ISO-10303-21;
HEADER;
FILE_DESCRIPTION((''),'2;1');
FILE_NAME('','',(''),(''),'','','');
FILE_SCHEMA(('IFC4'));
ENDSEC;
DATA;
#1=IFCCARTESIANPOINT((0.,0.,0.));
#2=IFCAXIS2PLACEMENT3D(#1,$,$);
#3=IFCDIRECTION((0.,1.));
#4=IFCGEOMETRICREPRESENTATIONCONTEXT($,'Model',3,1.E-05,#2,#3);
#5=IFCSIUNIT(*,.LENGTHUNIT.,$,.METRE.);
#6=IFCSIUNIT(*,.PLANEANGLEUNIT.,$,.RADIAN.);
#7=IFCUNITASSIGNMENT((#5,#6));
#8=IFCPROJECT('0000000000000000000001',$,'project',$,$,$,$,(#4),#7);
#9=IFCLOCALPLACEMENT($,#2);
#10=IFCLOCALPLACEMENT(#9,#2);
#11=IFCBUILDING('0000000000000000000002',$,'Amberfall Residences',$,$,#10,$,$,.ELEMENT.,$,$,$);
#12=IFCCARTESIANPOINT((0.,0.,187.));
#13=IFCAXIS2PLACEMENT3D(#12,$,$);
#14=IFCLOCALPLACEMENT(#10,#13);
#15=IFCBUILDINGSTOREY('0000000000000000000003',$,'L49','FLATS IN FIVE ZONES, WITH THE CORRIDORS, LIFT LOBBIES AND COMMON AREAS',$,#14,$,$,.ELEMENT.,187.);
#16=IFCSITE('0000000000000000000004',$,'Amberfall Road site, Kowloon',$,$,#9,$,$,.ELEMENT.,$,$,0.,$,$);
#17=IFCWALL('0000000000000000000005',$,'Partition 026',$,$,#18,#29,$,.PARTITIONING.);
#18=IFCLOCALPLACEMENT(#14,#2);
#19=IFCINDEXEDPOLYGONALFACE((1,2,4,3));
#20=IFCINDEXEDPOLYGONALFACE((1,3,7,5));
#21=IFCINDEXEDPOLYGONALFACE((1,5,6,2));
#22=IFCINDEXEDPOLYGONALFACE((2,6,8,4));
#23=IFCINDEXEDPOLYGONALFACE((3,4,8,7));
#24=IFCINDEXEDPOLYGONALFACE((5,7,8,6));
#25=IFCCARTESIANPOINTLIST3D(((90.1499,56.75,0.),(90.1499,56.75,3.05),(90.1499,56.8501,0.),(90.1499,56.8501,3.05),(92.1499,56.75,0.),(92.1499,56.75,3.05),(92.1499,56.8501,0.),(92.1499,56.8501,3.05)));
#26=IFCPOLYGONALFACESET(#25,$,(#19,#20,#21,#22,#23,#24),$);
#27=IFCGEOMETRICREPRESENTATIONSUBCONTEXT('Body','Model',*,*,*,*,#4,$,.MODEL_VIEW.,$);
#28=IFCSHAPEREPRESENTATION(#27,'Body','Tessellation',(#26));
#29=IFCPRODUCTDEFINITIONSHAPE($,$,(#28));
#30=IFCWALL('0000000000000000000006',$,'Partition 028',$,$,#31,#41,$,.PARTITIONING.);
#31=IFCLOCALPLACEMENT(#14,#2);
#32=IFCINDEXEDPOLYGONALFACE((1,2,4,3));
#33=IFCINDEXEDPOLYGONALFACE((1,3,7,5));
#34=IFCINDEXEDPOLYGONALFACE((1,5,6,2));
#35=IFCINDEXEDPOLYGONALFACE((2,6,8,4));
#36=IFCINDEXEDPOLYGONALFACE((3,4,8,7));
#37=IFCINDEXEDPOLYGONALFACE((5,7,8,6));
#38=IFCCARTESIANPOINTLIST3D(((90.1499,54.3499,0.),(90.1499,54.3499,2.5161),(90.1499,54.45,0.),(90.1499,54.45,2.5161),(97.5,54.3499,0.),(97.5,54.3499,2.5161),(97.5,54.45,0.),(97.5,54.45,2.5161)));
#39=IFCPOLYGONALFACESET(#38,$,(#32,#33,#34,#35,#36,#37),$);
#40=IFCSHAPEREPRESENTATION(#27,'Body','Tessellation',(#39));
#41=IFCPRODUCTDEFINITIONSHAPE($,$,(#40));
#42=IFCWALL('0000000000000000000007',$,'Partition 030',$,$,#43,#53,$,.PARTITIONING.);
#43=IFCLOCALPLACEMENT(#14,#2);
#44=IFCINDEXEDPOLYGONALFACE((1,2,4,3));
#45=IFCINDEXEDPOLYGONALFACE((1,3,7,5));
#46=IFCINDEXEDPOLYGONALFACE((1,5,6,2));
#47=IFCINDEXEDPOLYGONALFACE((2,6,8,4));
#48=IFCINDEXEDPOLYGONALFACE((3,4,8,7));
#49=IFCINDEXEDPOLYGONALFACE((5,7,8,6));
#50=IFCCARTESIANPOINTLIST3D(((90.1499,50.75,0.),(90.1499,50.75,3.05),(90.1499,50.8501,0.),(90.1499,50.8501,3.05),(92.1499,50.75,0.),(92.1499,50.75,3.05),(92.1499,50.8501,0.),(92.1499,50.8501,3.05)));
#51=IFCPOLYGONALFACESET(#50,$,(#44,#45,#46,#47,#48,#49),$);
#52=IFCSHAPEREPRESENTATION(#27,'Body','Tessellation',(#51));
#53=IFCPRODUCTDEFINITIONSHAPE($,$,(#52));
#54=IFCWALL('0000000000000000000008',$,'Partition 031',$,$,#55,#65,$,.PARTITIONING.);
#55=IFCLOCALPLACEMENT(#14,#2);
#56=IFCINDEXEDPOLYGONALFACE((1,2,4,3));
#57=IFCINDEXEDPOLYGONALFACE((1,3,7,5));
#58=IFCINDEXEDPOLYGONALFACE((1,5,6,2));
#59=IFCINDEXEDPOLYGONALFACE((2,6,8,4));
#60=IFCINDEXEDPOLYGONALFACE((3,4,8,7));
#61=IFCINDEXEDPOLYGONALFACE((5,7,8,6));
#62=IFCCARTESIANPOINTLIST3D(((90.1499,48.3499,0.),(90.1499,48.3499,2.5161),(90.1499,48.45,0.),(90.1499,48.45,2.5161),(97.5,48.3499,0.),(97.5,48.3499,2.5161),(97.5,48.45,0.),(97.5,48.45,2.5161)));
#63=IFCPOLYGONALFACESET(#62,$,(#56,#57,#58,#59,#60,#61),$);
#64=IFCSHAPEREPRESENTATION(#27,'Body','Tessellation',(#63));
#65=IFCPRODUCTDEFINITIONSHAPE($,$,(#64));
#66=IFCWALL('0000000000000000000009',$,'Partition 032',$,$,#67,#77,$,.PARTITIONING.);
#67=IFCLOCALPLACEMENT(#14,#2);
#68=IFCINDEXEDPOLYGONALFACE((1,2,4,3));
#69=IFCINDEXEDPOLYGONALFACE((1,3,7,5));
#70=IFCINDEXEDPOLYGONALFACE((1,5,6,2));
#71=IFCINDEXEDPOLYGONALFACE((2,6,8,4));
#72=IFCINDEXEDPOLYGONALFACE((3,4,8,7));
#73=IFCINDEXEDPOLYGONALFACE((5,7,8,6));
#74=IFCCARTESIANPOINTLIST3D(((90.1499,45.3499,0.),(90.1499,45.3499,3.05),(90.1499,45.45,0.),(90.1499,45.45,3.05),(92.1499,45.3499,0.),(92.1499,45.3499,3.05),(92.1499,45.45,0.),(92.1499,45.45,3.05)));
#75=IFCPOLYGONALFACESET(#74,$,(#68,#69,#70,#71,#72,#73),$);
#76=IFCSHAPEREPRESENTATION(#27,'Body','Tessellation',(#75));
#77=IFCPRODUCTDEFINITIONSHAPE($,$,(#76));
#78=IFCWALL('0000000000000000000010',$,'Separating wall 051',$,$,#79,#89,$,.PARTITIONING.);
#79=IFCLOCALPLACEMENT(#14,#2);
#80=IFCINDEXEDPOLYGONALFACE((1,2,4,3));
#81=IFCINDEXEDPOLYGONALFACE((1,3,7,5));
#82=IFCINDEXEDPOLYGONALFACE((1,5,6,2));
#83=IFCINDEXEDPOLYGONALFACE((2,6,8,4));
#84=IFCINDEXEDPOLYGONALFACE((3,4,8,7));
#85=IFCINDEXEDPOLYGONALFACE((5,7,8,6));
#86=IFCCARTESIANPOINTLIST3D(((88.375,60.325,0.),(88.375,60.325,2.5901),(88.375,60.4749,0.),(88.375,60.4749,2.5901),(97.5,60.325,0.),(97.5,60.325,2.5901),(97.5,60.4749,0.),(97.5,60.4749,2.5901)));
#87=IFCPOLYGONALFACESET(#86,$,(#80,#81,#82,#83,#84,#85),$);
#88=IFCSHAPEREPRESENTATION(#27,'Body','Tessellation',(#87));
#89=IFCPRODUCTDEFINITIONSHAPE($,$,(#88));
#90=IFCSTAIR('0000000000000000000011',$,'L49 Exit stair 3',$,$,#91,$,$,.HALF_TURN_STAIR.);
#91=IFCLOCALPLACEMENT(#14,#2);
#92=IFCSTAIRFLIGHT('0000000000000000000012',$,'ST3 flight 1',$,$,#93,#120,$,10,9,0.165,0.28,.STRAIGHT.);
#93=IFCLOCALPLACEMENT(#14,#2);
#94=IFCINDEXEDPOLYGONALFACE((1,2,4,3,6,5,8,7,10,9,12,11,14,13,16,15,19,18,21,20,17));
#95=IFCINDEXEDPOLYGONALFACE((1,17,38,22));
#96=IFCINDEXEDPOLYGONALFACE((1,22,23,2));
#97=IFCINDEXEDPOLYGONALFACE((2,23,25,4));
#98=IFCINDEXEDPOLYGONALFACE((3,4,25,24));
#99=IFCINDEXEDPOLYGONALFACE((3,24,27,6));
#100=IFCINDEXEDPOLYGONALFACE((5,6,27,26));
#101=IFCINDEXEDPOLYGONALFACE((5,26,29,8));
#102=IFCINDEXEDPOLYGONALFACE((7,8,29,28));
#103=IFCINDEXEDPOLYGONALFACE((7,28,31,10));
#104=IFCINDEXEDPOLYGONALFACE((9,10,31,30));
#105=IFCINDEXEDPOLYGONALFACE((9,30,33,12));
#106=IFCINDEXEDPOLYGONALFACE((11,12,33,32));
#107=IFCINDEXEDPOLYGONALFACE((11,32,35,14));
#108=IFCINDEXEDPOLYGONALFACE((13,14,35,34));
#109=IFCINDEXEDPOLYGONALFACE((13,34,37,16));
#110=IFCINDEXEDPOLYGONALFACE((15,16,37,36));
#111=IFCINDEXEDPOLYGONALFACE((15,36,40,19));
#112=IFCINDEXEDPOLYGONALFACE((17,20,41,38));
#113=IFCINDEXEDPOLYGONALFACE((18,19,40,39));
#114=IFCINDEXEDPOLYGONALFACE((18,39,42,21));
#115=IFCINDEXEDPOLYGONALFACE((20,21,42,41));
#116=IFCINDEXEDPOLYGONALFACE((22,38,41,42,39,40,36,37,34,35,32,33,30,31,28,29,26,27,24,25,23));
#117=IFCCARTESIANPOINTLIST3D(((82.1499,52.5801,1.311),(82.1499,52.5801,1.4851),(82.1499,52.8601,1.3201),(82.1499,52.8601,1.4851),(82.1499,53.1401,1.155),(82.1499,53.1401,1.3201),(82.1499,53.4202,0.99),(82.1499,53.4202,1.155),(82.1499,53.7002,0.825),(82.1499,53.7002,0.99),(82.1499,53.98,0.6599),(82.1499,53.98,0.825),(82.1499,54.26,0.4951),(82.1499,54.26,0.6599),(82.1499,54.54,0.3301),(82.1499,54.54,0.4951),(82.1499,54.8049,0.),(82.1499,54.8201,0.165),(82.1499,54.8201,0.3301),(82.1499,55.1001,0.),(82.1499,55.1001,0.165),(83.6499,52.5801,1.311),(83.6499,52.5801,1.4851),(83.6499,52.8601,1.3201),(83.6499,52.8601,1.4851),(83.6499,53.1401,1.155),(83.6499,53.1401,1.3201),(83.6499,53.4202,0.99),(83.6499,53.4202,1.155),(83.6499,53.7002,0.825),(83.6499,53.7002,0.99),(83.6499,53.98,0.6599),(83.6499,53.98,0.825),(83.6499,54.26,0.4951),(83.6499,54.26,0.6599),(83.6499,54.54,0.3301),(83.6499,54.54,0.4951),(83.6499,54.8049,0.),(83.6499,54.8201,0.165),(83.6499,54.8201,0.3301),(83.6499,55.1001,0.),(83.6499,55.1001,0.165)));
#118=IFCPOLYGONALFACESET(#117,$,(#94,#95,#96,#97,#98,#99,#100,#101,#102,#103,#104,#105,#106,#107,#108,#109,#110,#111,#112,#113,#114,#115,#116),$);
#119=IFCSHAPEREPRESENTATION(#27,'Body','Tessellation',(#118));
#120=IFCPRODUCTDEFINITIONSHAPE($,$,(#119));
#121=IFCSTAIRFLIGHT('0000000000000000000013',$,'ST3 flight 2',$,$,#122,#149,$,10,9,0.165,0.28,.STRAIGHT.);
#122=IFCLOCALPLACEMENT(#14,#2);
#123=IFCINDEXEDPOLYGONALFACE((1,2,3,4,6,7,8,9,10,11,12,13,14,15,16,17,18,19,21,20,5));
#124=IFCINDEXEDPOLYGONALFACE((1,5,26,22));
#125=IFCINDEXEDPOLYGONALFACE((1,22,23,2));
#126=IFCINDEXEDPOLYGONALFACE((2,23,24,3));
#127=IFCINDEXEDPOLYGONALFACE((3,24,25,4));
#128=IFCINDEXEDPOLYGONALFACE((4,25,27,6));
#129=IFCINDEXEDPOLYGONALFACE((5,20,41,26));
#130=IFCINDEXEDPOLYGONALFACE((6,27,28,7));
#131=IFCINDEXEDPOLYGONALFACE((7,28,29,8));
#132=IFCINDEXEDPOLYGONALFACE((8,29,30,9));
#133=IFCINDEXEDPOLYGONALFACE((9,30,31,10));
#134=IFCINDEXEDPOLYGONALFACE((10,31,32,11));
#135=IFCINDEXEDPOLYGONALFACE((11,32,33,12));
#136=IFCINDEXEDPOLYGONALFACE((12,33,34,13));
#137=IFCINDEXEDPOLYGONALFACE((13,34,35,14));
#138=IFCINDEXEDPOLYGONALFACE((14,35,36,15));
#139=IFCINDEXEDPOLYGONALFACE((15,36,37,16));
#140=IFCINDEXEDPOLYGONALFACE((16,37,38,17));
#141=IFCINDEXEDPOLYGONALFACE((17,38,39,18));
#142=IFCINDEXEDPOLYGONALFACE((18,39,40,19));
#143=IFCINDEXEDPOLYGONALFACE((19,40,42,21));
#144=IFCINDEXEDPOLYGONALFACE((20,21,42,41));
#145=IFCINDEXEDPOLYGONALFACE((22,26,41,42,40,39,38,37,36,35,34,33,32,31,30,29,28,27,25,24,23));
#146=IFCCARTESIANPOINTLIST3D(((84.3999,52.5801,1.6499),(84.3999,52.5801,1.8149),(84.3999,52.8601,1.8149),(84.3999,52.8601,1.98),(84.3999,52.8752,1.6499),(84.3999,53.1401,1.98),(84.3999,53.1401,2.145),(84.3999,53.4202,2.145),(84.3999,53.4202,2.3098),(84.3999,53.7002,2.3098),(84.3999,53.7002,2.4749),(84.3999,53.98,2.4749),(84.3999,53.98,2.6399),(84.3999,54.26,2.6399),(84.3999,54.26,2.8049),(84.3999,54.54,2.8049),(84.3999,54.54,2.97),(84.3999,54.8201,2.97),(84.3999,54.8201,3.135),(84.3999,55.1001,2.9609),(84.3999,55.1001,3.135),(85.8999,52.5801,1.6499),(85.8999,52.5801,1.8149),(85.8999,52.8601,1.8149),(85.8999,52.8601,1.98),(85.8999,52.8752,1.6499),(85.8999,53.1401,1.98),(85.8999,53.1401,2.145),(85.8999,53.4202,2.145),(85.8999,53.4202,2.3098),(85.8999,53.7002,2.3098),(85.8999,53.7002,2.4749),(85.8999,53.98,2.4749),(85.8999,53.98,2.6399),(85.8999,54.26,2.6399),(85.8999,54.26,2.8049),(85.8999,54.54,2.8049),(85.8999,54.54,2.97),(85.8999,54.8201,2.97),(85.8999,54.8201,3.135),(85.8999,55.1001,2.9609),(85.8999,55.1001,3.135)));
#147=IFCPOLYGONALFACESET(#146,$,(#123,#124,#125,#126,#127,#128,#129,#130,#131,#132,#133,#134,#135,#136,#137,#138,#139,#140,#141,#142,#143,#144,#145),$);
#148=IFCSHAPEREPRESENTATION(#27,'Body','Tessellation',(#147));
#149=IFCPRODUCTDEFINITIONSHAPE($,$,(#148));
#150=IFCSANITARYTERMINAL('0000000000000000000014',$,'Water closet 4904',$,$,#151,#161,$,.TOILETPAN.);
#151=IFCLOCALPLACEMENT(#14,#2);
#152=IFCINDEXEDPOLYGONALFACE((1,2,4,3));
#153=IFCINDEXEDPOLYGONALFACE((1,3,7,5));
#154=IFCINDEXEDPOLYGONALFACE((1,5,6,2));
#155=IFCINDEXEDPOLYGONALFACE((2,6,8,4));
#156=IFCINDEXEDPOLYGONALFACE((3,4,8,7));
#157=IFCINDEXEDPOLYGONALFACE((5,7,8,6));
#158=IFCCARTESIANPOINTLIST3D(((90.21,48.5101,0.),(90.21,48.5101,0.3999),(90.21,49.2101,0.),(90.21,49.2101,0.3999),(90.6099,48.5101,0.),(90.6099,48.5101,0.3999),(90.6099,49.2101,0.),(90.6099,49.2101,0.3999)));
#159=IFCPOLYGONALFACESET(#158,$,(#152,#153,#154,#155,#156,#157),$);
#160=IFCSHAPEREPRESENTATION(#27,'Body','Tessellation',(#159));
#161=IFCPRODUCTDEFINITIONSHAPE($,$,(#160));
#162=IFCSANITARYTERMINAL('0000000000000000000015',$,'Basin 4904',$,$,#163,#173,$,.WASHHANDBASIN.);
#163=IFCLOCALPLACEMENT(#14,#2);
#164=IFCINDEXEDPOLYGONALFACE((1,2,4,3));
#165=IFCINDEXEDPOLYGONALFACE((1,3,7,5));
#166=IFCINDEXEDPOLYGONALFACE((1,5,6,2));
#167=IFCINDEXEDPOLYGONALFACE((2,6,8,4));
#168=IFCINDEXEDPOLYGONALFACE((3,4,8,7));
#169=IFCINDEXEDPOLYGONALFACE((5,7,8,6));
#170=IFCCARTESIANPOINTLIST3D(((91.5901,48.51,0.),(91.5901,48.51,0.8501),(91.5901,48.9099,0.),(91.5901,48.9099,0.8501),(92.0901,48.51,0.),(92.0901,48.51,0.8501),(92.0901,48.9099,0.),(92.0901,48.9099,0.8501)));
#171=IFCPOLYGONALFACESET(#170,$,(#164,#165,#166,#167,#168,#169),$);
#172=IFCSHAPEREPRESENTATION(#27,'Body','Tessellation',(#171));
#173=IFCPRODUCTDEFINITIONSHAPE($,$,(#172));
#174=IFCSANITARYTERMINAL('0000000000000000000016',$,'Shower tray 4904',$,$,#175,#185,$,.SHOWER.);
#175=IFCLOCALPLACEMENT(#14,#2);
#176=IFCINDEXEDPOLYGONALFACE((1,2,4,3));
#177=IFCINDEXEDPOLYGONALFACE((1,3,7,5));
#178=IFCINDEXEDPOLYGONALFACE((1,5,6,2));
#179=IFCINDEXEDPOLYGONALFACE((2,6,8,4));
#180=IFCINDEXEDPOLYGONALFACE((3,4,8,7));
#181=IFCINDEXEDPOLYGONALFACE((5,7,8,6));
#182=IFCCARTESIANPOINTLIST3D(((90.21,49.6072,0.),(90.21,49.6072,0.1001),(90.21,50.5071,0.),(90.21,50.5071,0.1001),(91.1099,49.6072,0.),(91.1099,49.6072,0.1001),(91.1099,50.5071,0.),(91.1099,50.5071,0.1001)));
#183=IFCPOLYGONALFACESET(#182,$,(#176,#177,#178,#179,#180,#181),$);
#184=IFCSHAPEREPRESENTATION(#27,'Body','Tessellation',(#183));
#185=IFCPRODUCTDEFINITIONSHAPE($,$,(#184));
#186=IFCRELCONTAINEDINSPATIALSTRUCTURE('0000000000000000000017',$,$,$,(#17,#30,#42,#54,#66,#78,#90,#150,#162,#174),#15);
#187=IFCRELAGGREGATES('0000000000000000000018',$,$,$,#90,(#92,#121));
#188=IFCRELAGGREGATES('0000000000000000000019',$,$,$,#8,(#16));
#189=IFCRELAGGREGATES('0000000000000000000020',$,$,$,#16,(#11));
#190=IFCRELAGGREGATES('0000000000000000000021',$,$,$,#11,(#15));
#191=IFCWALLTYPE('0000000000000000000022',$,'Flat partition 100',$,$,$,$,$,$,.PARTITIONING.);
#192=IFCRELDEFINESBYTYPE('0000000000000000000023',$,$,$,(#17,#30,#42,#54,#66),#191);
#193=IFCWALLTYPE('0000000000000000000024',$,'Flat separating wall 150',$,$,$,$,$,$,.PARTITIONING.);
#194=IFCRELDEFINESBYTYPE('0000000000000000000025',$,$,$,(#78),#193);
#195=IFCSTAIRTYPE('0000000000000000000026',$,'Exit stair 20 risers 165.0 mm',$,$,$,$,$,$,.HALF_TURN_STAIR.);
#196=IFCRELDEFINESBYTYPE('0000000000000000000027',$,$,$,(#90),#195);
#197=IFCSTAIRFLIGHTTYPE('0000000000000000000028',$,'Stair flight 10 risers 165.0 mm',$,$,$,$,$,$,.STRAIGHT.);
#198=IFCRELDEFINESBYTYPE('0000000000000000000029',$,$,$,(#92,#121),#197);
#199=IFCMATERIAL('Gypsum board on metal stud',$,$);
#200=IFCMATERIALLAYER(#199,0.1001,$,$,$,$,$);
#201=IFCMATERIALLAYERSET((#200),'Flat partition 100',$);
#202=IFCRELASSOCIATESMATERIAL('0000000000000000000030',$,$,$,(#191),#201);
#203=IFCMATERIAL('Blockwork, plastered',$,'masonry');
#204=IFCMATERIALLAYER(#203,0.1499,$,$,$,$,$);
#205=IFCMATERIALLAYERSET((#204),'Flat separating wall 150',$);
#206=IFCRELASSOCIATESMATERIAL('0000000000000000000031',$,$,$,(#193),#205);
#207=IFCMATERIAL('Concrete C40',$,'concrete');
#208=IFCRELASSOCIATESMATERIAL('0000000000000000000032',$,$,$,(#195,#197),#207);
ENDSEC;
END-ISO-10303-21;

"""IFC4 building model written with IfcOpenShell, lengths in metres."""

from ifc_helpers import new_model, si_unit, direction, frame, frame_2d, origin, origin_2d, place, context, subcontext, project, spatial, polyline, rectangle, outline, extrude, material, layer, layer_set, type_object, element, aggregate, save


model = new_model("IFC4")

# Units and contexts
model_context = context("Model", 3, precision=1e-05, world=origin(), true_north=direction((0.0, 1.0)))
body_context = subcontext(model_context, "Body", "Model", "MODEL_VIEW")
ifc_project = project(units=[si_unit("LENGTHUNIT", "METRE"), si_unit("PLANEANGLEUNIT", "RADIAN")], contexts=[model_context])

# Site, building, storey
site_placement = place(None, origin())
site = spatial("IfcSite", under=ifc_project, at=site_placement, Name="Amberfall Road site, Kowloon", CompositionType="ELEMENT", RefElevation=0.0)
building_placement = place(site_placement, origin())
building = spatial("IfcBuilding", under=site, at=building_placement, Name="Amberfall Residences", CompositionType="ELEMENT")
storey_placement = place(building_placement, frame((0.0, 0.0, 187.0)))
storey = spatial("IfcBuildingStorey", under=building, at=storey_placement, Name="L49", Description="FLATS IN FIVE ZONES, WITH THE CORRIDORS, LIFT LOBBIES AND COMMON AREAS", CompositionType="ELEMENT", Elevation=187.0)

# Shared definitions
ifc_material_1 = material(Name="Gypsum board on metal stud")
ifc_layer_1 = layer(ifc_material_1, 0.1001)
ifc_layer_set_1 = layer_set([ifc_layer_1], Name="Flat partition 100")
wall_type_1 = type_object("IfcWallType", Name="Flat partition 100", PredefinedType="PARTITIONING", material=ifc_layer_set_1)

# Walls
wall_1_placement = place(storey_placement, frame((90.1499, 56.8, 0.0), z_axis=(0.0, 0.0, 1.0), x_axis=(1.0, 0.0, 0.0)))
element("IfcWall", 1, at=wall_1_placement, inside=storey, type_object=wall_type_1, Name="Partition 026", PredefinedType="PARTITIONING", context=body_context, shape_type="SweptSolid", body=[
    extrude(rectangle(XDim=2.0, YDim=0.1001, at=frame_2d((1.0, 0.0))), origin(), (0.0, 0.0, 1.0), 3.05),
])
wall_2_placement = place(storey_placement, frame((90.1499, 54.3999, 0.0), z_axis=(0.0, 0.0, 1.0), x_axis=(1.0, 0.0, 0.0)))
element("IfcWall", 2, at=wall_2_placement, inside=storey, type_object=wall_type_1, Name="Partition 028", PredefinedType="PARTITIONING", context=body_context, shape_type="SweptSolid", body=[
    extrude(rectangle(XDim=7.3501, YDim=0.1001, at=frame_2d((3.675, 0.0))), origin(), (0.0, 0.0, 1.0), 2.5161),
])
wall_3_placement = place(storey_placement, frame((90.1499, 50.8, 0.0), z_axis=(0.0, 0.0, 1.0), x_axis=(1.0, 0.0, 0.0)))
element("IfcWall", 3, at=wall_3_placement, inside=storey, type_object=wall_type_1, Name="Partition 030", PredefinedType="PARTITIONING", context=body_context, shape_type="SweptSolid", body=[
    extrude(rectangle(XDim=2.0, YDim=0.1001, at=frame_2d((1.0, 0.0))), origin(), (0.0, 0.0, 1.0), 3.05),
])
wall_4_placement = place(storey_placement, frame((90.1499, 48.3999, 0.0), z_axis=(0.0, 0.0, 1.0), x_axis=(1.0, 0.0, 0.0)))
element("IfcWall", 4, at=wall_4_placement, inside=storey, type_object=wall_type_1, Name="Partition 031", PredefinedType="PARTITIONING", context=body_context, shape_type="SweptSolid", body=[
    extrude(rectangle(XDim=7.3501, YDim=0.1001, at=frame_2d((3.675, 0.0))), origin(), (0.0, 0.0, 1.0), 2.5161),
])
wall_5_placement = place(storey_placement, frame((90.1499, 45.3999, 0.0), z_axis=(0.0, 0.0, 1.0), x_axis=(1.0, 0.0, 0.0)))
element("IfcWall", 5, at=wall_5_placement, inside=storey, type_object=wall_type_1, Name="Partition 032", PredefinedType="PARTITIONING", context=body_context, shape_type="SweptSolid", body=[
    extrude(rectangle(XDim=2.0, YDim=0.1001, at=frame_2d((1.0, 0.0))), origin(), (0.0, 0.0, 1.0), 3.05),
])
ifc_material_2 = material(Name="Blockwork, plastered", Category="masonry")
ifc_layer_2 = layer(ifc_material_2, 0.1499)
ifc_layer_set_2 = layer_set([ifc_layer_2], Name="Flat separating wall 150")
wall_type_2 = type_object("IfcWallType", Name="Flat separating wall 150", PredefinedType="PARTITIONING", material=ifc_layer_set_2)
wall_6_placement = place(storey_placement, frame((88.375, 60.3999, 0.0), z_axis=(0.0, 0.0, 1.0), x_axis=(1.0, 0.0, 0.0)))
element("IfcWall", 6, at=wall_6_placement, inside=storey, type_object=wall_type_2, Name="Separating wall 051", PredefinedType="PARTITIONING", context=body_context, shape_type="SweptSolid", body=[
    extrude(rectangle(XDim=9.125, YDim=0.1499, at=frame_2d((4.5625, 0.0))), origin(), (0.0, 0.0, 1.0), 2.5901),
])

# Stair, stair flights
ifc_material_3 = material(Name="Concrete C40", Category="concrete")
stair_type = type_object("IfcStairType", Name="Exit stair 20 risers 165.0 mm", PredefinedType="HALF_TURN_STAIR", material=ifc_material_3)
stair_placement = place(storey_placement, origin())
stair = element("IfcStair", 7, at=stair_placement, inside=storey, type_object=stair_type, Name="L49 Exit stair 3", PredefinedType="HALF_TURN_STAIR")
stair_flight_type = type_object("IfcStairFlightType", Name="Stair flight 10 risers 165.0 mm", PredefinedType="STRAIGHT", material=ifc_material_3)
stair_flight_1_placement = place(storey_placement, frame((82.8999, 55.1001, 0.0), z_axis=(0.0, 0.0, 1.0), x_axis=(0.0, -1.0, 0.0)))
stair_flight_1 = element("IfcStairFlight", 8, at=stair_flight_1_placement, type_object=stair_flight_type, Name="ST3 flight 1", NumberOfRisers=10, NumberOfTreads=9, PredefinedType="STRAIGHT", RiserHeight=0.165, TreadLength=0.28, context=body_context, shape_type="SweptSolid", body=[
    extrude(outline(polyline([(0.0, 0.0), (0.0, 0.165), (0.28, 0.165), (0.28, 0.3301), (0.5601, 0.3301), (0.5601, 0.4951), (0.8401, 0.4951), (0.8401, 0.6599), (1.1201, 0.6599), (1.1201, 0.825), (1.3999, 0.825), (1.3999, 0.99), (1.6799, 0.99), (1.6799, 1.155), (1.96, 1.155), (1.96, 1.3201), (2.24, 1.3201), (2.24, 1.4851), (2.52, 1.4851), (2.52, 1.6499), (2.52, 1.311), (0.2952, 0.0), (0.0, 0.0)])), frame((0.0, 0.75, 0.0), z_axis=(0.0, -1.0, 0.0), x_axis=(1.0, 0.0, 0.0)), (0.0, 0.0, 1.0), 1.5),
])
stair_flight_2_placement = place(storey_placement, frame((85.1499, 52.5801, 1.6499), z_axis=(0.0, 0.0, 1.0), x_axis=(0.0, 1.0, 0.0)))
stair_flight_2 = element("IfcStairFlight", 9, at=stair_flight_2_placement, type_object=stair_flight_type, Name="ST3 flight 2", NumberOfRisers=10, NumberOfTreads=9, PredefinedType="STRAIGHT", RiserHeight=0.165, TreadLength=0.28, context=body_context, shape_type="SweptSolid", body=[
    extrude(outline(polyline([(0.0, 0.0), (0.0, 0.165), (0.28, 0.165), (0.28, 0.3301), (0.5601, 0.3301), (0.5601, 0.4951), (0.8401, 0.4951), (0.8401, 0.6599), (1.1201, 0.6599), (1.1201, 0.825), (1.3999, 0.825), (1.3999, 0.99), (1.6799, 0.99), (1.6799, 1.155), (1.96, 1.155), (1.96, 1.3201), (2.24, 1.3201), (2.24, 1.4851), (2.52, 1.4851), (2.52, 1.6499), (2.52, 1.311), (0.2952, 0.0), (0.0, 0.0)])), frame((0.0, 0.75, 0.0), z_axis=(0.0, -1.0, 0.0), x_axis=(1.0, 0.0, 0.0)), (0.0, 0.0, 1.0), 1.5),
])
aggregate(stair, [stair_flight_1, stair_flight_2])

# Sanitary terminals
sanitary_terminal_1_placement = place(storey_placement, frame((90.4099, 48.8601, 0.0), z_axis=(0.0, 0.0, 1.0), x_axis=(1.0, 0.0, 0.0)))
element("IfcSanitaryTerminal", 10, at=sanitary_terminal_1_placement, inside=storey, Name="Water closet 4904", PredefinedType="TOILETPAN", context=body_context, shape_type="SweptSolid", body=[
    extrude(rectangle(XDim=0.3999, YDim=0.7, at=origin_2d()), origin(), (0.0, 0.0, 1.0), 0.3999),
])
sanitary_terminal_2_placement = place(storey_placement, frame((91.8401, 48.71, 0.0), z_axis=(0.0, 0.0, 1.0), x_axis=(1.0, 0.0, 0.0)))
element("IfcSanitaryTerminal", 11, at=sanitary_terminal_2_placement, inside=storey, Name="Basin 4904", PredefinedType="WASHHANDBASIN", context=body_context, shape_type="SweptSolid", body=[
    extrude(rectangle(XDim=0.5, YDim=0.3999, at=origin_2d()), origin(), (0.0, 0.0, 1.0), 0.8501),
])
sanitary_terminal_3_placement = place(storey_placement, frame((90.6599, 50.0571, 0.0), z_axis=(0.0, 0.0, 1.0), x_axis=(1.0, 0.0, 0.0)))
element("IfcSanitaryTerminal", 12, at=sanitary_terminal_3_placement, inside=storey, Name="Shower tray 4904", PredefinedType="SHOWER", context=body_context, shape_type="SweptSolid", body=[
    extrude(rectangle(XDim=0.8999, YDim=0.8999, at=origin_2d()), origin(), (0.0, 0.0, 1.0), 0.1001),
])

save(model, "model.ifc")
